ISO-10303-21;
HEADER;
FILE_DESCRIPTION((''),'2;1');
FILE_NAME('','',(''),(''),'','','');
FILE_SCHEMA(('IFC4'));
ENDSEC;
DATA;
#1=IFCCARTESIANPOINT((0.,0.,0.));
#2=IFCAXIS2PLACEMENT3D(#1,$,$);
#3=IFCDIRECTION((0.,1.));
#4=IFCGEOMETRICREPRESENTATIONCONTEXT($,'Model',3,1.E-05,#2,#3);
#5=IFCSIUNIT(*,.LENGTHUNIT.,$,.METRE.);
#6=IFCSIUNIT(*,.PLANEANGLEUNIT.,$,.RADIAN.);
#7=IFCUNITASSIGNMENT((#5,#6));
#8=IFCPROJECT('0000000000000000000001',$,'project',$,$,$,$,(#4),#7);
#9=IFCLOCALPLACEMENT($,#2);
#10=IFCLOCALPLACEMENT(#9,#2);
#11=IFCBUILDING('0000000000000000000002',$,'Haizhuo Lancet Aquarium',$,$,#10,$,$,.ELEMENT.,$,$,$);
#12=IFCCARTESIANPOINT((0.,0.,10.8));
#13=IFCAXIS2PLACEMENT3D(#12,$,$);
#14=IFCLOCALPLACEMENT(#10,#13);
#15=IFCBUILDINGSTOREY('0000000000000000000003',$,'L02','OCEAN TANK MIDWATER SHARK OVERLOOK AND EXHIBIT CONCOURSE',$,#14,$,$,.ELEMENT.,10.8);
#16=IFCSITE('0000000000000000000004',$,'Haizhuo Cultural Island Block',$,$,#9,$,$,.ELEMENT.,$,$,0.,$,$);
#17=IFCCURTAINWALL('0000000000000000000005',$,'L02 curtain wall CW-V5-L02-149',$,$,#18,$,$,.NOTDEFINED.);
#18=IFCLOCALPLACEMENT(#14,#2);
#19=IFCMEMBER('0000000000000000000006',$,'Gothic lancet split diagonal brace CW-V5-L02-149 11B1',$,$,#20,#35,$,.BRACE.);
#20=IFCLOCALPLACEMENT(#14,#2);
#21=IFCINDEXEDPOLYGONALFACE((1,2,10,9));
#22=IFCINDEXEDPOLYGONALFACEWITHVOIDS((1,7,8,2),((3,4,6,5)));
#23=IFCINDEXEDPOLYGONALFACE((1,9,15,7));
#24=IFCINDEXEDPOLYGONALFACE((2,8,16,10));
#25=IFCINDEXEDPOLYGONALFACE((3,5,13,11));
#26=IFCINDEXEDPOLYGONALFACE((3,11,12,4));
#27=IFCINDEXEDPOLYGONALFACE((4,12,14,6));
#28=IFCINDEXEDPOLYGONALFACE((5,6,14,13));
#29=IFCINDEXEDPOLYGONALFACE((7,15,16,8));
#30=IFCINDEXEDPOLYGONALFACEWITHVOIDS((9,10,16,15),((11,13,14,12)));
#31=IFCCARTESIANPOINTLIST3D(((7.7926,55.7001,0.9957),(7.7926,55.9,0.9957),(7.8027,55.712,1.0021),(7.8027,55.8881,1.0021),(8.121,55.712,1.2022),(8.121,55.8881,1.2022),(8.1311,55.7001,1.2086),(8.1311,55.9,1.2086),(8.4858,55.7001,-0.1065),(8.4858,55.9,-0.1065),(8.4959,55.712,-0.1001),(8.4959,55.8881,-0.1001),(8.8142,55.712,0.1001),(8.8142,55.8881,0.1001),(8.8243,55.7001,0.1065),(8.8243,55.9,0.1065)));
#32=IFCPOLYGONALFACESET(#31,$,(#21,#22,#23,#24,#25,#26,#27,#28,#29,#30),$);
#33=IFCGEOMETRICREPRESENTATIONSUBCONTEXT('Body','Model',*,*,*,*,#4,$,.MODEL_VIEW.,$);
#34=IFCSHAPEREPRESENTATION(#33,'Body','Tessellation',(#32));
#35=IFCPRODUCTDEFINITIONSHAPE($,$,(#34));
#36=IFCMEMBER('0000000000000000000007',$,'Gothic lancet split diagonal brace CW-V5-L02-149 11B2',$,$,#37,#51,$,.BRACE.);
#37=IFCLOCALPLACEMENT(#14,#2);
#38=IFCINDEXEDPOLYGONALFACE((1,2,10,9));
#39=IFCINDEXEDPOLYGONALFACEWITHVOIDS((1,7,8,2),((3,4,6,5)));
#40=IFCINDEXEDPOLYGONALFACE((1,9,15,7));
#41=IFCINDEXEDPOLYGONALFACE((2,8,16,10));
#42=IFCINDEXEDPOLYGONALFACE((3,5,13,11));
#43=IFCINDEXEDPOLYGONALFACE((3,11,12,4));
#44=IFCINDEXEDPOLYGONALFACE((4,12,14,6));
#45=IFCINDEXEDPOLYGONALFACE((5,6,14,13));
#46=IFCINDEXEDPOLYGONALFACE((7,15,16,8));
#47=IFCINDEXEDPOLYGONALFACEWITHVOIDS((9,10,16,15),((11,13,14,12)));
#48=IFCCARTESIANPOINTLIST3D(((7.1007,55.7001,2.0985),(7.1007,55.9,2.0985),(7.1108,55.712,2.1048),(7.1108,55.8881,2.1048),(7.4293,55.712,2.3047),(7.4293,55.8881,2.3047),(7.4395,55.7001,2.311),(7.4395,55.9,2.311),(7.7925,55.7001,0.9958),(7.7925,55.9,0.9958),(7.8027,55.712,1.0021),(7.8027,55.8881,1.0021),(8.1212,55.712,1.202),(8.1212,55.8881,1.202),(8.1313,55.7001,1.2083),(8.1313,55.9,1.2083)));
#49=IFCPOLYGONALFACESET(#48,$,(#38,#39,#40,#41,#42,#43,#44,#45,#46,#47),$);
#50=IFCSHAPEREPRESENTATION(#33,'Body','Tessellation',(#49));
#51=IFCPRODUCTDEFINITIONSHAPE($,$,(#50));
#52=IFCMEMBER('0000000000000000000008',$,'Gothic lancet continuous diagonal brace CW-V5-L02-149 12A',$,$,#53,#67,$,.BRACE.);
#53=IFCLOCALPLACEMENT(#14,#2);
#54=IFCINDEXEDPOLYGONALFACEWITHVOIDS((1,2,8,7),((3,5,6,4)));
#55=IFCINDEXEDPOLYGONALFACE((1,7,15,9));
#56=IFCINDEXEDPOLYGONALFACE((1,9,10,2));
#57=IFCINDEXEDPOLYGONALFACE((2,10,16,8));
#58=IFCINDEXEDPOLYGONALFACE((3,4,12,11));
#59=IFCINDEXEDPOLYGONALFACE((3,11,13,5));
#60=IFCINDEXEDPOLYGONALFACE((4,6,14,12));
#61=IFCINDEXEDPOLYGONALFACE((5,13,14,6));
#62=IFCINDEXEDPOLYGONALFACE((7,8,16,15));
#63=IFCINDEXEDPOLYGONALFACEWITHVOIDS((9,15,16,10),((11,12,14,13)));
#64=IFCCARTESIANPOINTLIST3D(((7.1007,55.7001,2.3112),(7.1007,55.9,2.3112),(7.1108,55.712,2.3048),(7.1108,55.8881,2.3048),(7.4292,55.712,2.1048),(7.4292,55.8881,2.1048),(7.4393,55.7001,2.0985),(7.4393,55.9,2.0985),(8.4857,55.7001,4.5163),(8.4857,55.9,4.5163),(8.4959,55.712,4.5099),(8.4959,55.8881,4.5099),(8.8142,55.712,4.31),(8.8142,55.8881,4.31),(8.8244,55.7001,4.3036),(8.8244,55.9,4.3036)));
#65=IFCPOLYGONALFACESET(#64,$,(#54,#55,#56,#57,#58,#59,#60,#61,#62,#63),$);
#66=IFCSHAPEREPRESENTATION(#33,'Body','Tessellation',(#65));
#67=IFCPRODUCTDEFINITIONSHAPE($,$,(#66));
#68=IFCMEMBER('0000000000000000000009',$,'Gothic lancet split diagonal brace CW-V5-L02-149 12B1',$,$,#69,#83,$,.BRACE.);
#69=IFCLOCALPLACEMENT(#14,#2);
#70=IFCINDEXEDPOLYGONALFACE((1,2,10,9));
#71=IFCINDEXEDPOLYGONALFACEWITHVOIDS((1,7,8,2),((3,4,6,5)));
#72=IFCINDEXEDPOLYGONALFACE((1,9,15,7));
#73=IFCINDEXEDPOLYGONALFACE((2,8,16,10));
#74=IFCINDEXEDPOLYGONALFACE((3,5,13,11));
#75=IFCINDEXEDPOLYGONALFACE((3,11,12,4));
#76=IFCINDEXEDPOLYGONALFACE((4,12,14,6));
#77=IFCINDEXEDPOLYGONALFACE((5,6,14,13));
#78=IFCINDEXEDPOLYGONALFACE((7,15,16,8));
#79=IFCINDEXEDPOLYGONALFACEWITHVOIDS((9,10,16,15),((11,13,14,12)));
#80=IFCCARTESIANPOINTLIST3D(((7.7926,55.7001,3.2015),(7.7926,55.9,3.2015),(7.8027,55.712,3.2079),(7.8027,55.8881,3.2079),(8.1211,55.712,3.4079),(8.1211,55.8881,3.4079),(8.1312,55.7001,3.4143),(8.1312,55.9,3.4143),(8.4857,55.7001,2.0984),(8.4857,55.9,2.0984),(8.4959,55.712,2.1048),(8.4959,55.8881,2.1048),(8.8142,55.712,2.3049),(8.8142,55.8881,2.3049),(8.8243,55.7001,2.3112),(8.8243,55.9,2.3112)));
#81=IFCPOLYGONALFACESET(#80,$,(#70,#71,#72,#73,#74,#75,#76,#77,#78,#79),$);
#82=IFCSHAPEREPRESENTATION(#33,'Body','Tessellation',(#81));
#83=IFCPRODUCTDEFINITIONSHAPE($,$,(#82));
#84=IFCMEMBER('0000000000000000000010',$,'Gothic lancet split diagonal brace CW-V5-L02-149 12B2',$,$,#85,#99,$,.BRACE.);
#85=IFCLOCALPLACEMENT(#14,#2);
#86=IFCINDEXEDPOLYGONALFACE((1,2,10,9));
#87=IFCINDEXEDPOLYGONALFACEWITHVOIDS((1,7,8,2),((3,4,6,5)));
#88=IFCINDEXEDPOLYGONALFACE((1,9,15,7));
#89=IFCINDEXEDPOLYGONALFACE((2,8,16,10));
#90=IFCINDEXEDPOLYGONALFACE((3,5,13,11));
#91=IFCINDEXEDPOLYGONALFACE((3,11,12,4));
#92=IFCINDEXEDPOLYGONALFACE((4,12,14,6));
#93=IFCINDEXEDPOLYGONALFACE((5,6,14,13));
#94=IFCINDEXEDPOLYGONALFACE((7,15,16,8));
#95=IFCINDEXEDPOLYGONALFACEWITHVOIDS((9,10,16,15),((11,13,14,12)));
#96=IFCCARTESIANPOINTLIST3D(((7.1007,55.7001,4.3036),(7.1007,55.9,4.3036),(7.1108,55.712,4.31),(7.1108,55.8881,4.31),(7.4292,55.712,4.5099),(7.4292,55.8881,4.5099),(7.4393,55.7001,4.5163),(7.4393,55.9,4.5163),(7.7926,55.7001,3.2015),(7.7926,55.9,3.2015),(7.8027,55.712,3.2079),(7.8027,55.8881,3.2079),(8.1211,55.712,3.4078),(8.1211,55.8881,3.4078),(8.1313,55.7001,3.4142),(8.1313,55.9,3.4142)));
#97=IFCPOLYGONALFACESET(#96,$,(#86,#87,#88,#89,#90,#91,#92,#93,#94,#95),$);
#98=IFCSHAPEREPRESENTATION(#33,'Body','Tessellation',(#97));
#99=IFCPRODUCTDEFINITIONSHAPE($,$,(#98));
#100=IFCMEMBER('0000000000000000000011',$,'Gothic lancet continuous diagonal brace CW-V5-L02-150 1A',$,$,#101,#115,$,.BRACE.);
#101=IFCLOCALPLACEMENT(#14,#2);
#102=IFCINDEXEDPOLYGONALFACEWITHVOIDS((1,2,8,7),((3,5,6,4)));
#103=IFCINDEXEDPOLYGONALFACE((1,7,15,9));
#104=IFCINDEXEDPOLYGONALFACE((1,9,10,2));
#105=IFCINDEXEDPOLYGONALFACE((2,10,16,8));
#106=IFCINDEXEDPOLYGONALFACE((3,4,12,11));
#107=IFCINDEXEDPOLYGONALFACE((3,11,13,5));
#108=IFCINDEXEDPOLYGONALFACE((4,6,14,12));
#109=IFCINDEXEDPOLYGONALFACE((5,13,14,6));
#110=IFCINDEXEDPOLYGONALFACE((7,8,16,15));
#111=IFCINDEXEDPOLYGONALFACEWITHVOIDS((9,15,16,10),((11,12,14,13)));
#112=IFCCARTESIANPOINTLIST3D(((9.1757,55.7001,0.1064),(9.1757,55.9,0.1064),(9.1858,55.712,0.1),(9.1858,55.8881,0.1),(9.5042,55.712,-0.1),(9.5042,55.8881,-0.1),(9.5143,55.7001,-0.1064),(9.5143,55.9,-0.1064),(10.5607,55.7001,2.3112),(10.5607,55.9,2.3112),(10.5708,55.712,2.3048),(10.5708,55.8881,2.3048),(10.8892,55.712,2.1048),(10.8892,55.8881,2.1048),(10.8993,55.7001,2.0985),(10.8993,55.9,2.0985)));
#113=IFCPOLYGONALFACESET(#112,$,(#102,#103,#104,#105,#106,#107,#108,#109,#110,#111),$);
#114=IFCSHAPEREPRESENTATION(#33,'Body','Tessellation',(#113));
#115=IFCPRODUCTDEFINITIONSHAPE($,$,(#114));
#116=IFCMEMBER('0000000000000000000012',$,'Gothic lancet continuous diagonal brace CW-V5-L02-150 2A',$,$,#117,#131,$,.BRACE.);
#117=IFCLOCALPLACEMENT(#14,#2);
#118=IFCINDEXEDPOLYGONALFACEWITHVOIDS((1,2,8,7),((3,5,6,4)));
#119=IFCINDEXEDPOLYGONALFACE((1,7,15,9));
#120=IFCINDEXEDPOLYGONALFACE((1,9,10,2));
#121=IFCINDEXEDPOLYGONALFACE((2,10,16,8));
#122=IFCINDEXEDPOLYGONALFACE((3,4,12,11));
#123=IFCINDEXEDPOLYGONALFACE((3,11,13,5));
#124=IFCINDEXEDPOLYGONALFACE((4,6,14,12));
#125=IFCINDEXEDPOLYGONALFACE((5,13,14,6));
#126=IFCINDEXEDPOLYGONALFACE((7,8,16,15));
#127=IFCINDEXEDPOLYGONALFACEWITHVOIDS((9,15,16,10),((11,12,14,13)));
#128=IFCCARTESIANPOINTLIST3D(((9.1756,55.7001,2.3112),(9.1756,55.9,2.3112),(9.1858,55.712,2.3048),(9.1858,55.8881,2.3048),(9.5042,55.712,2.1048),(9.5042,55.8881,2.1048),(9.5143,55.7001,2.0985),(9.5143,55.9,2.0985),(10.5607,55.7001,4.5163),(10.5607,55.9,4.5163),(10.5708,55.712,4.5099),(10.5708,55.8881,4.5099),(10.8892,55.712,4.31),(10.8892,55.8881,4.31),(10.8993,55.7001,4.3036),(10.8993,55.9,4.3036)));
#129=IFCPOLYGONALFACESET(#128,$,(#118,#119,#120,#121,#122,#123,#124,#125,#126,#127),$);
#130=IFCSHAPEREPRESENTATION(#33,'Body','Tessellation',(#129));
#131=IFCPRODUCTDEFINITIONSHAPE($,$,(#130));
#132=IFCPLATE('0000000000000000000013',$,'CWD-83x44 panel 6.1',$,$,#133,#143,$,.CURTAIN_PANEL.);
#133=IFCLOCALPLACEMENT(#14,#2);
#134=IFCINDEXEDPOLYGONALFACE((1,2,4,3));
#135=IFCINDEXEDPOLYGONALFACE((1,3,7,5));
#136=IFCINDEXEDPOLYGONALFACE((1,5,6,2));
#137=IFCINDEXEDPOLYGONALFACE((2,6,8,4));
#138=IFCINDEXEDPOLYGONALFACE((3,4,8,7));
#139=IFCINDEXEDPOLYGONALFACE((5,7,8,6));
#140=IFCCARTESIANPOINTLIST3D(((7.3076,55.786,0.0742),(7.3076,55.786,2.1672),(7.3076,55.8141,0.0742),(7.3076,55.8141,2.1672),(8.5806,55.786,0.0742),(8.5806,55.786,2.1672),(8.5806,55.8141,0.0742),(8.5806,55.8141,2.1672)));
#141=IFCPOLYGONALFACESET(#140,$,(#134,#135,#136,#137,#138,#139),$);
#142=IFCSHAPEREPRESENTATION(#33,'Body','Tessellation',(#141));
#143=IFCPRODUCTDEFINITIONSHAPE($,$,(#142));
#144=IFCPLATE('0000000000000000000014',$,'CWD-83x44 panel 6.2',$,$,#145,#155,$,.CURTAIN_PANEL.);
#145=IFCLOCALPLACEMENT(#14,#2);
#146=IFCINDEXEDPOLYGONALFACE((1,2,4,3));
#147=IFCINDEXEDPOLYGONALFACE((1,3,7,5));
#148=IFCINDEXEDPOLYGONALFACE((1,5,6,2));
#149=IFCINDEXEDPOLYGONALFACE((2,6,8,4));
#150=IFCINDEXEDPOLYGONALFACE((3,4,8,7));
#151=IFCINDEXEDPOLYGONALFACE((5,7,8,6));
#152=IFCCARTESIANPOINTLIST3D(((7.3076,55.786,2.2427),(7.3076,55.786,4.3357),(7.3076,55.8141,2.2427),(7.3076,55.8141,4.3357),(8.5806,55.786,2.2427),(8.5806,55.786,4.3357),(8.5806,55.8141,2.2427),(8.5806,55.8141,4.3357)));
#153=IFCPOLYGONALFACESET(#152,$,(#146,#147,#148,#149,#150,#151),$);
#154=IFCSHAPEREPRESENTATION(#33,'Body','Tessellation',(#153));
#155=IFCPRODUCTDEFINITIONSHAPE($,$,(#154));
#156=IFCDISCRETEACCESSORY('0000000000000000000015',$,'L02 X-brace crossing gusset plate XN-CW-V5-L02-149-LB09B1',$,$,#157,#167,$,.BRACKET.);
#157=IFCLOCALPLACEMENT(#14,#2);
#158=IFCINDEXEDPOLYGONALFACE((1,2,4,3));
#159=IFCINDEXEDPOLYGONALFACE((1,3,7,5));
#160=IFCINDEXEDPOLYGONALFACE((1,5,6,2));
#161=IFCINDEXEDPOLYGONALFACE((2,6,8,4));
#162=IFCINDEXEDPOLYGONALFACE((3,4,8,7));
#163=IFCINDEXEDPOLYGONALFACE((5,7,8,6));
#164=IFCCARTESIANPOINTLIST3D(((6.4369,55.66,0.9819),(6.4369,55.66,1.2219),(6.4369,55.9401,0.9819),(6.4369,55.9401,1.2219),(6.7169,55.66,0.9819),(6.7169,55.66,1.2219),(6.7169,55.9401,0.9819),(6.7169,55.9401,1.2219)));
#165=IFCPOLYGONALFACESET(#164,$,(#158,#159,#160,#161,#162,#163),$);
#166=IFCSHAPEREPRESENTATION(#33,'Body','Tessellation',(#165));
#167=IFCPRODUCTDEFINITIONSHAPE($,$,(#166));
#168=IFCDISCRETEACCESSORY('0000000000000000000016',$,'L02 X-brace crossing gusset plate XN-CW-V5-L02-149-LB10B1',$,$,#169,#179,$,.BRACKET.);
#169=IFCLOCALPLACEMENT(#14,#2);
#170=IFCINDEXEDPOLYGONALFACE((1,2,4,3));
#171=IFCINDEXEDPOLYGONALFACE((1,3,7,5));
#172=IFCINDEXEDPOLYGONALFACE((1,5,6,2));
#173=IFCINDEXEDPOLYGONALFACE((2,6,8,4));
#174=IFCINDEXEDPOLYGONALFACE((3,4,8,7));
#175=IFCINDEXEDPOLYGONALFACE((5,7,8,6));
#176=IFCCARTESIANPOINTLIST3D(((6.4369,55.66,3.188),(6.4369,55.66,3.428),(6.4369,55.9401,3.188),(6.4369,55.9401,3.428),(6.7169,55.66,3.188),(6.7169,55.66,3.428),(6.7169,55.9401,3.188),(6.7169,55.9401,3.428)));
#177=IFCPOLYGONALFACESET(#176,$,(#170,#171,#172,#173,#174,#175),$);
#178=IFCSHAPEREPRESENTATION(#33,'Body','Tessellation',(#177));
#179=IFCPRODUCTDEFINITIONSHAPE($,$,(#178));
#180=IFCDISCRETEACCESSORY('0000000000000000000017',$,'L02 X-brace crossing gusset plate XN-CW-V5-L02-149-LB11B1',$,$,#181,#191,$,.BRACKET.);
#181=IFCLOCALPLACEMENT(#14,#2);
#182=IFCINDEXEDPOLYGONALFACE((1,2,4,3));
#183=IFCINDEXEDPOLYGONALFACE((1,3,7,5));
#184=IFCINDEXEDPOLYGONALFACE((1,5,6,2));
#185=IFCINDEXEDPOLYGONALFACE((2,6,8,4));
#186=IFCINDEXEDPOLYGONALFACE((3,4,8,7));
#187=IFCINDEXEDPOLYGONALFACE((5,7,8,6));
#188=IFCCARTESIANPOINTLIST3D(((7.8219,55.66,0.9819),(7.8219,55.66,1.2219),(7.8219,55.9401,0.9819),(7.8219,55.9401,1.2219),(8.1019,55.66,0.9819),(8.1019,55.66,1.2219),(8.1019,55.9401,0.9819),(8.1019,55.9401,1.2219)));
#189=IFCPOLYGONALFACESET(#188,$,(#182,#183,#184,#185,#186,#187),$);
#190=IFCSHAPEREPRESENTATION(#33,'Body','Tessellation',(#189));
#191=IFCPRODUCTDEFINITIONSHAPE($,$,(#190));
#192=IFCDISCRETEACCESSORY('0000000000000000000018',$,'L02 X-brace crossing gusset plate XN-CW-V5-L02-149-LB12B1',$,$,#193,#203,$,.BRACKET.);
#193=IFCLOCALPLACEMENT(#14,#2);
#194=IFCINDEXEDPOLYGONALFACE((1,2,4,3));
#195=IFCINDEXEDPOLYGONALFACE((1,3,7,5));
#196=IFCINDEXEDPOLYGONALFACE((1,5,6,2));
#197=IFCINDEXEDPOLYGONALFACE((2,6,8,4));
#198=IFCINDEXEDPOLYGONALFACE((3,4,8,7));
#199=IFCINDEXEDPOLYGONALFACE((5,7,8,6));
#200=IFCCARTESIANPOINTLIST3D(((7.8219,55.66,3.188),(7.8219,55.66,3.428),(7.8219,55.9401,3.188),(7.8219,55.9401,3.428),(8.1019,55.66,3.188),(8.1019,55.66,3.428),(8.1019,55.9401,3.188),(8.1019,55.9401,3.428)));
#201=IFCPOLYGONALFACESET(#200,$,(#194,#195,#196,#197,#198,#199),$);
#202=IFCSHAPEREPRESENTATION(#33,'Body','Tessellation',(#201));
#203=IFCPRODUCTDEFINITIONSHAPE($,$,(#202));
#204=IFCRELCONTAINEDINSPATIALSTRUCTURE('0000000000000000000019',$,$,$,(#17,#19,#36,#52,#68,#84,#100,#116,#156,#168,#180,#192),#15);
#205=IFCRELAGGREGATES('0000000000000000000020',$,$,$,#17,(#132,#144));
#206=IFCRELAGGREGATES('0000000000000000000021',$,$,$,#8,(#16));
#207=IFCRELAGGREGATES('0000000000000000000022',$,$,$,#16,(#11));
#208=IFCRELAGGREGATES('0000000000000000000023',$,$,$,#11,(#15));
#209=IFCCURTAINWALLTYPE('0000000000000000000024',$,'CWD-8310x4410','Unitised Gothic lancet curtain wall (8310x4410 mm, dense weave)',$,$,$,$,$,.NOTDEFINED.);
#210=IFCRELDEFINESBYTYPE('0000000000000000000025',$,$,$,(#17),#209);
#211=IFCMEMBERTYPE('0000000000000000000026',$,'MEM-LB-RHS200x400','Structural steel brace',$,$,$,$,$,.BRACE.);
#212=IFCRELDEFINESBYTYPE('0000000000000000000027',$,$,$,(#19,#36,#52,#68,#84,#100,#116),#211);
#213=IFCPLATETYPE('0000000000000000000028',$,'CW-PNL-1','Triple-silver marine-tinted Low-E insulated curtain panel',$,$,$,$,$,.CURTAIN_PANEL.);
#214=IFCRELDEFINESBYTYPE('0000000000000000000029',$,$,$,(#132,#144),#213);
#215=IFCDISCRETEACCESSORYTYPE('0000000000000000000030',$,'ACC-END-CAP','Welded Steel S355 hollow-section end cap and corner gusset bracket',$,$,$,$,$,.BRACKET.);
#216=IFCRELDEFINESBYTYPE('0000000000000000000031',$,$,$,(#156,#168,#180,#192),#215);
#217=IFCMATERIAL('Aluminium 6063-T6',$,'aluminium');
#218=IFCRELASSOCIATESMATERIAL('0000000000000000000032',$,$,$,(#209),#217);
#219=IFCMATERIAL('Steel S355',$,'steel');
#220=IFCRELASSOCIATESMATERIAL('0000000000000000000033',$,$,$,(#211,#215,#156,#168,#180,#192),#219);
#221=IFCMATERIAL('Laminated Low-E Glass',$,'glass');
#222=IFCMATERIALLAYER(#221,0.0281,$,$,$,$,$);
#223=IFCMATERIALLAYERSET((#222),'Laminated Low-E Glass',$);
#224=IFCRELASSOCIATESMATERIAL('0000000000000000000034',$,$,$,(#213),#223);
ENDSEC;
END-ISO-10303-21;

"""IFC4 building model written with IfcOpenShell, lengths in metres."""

from ifc_helpers import new_model, si_unit, direction, frame, origin, origin_2d, place, context, subcontext, project, spatial, rectangle, hollow_rectangle, extrude, material, layer, layer_set, material_profile, profile_set, type_object, element, aggregate, save


model = new_model("IFC4")

# Units and contexts
model_context = context("Model", 3, precision=1e-05, world=origin(), true_north=direction((0.0, 1.0)))
body_context = subcontext(model_context, "Body", "Model", "MODEL_VIEW")
ifc_project = project(units=[si_unit("LENGTHUNIT", "METRE"), si_unit("PLANEANGLEUNIT", "RADIAN")], contexts=[model_context])

# Site, building, storey
site_placement = place(None, origin())
site = spatial("IfcSite", under=ifc_project, at=site_placement, Name="Haizhuo Cultural Island Block", CompositionType="ELEMENT", RefElevation=0.0)
building_placement = place(site_placement, origin())
building = spatial("IfcBuilding", under=site, at=building_placement, Name="Haizhuo Lancet Aquarium", CompositionType="ELEMENT")
storey_placement = place(building_placement, frame((0.0, 0.0, 10.8)))
storey = spatial("IfcBuildingStorey", under=building, at=storey_placement, Name="L02", Description="OCEAN TANK MIDWATER SHARK OVERLOOK AND EXHIBIT CONCOURSE", CompositionType="ELEMENT", Elevation=10.8)

# Curtain wall
ifc_material_1 = material(Name="Aluminium 6063-T6", Category="aluminium")
curtain_wall_type = type_object("IfcCurtainWallType", Name="CWD-8310x4410", Description="Unitised Gothic lancet curtain wall (8310x4410 mm, dense weave)", PredefinedType="NOTDEFINED", material=ifc_material_1)
curtain_wall_placement = place(storey_placement, origin())
curtain_wall = element("IfcCurtainWall", 1, at=curtain_wall_placement, inside=storey, type_object=curtain_wall_type, Name="L02 curtain wall CW-V5-L02-149", PredefinedType="NOTDEFINED")

# Members
ifc_material_2 = material(Name="Steel S355", Category="steel")
ifc_material_profile_1 = material_profile(ifc_material_2, hollow_rectangle(XDim=0.2, YDim=0.3999, WallThickness=0.012, at=origin_2d()), Name="RHS 200x400x12")
ifc_profile_set_1 = profile_set([ifc_material_profile_1], Name="Steel S355")
member_type_1 = type_object("IfcMemberType", Name="MEM-LB-RHS200x400", Description="Structural steel brace", PredefinedType="BRACE", material=ifc_profile_set_1)
member_1_placement = place(storey_placement, frame((8.655, 55.8, 0.0), z_axis=(-0.53239, 0.0, 0.846499), x_axis=(0.0, -1.0, 0.0)))
element("IfcMember", 2, at=member_1_placement, inside=storey, type_object=member_type_1, Name="Gothic lancet split diagonal brace CW-V5-L02-149 11B1", PredefinedType="BRACE", context=body_context, shape_type="SweptSolid", body=[
    extrude(hollow_rectangle(XDim=0.2, YDim=0.3999, WallThickness=0.012, at=origin_2d()), origin(), (0.0, 0.0, 1.0), 1.302),
])
member_2_placement = place(storey_placement, frame((7.9619, 55.8, 1.1021), z_axis=(-0.531465, 0.0, 0.84708), x_axis=(0.0, -1.0, 0.0)))
element("IfcMember", 3, at=member_2_placement, inside=storey, type_object=member_type_1, Name="Gothic lancet split diagonal brace CW-V5-L02-149 11B2", PredefinedType="BRACE", context=body_context, shape_type="SweptSolid", body=[
    extrude(hollow_rectangle(XDim=0.2, YDim=0.3999, WallThickness=0.012, at=origin_2d()), origin(), (0.0, 0.0, 1.0), 1.3018),
])
member_3_placement = place(storey_placement, frame((7.27, 55.8, 2.2048), z_axis=(0.531885, 0.0, 0.846816), x_axis=(0.0, 1.0, 0.0)))
element("IfcMember", 4, at=member_3_placement, inside=storey, type_object=member_type_1, Name="Gothic lancet continuous diagonal brace CW-V5-L02-149 12A", PredefinedType="BRACE", context=body_context, shape_type="SweptSolid", body=[
    extrude(hollow_rectangle(XDim=0.2, YDim=0.3999, WallThickness=0.012, at=origin_2d()), origin(), (0.0, 0.0, 1.0), 2.604),
])
member_4_placement = place(storey_placement, frame((8.655, 55.8, 2.2048), z_axis=(-0.532053, 0.0, 0.846711), x_axis=(0.0, -1.0, 0.0)))
element("IfcMember", 5, at=member_4_placement, inside=storey, type_object=member_type_1, Name="Gothic lancet split diagonal brace CW-V5-L02-149 12B1", PredefinedType="BRACE", context=body_context, shape_type="SweptSolid", body=[
    extrude(hollow_rectangle(XDim=0.2, YDim=0.3999, WallThickness=0.012, at=origin_2d()), origin(), (0.0, 0.0, 1.0), 1.3027),
])
member_5_placement = place(storey_placement, frame((7.9619, 55.8, 3.3079), z_axis=(-0.531718, 0.0, 0.846921), x_axis=(0.0, -1.0, 0.0)))
element("IfcMember", 6, at=member_5_placement, inside=storey, type_object=member_type_1, Name="Gothic lancet split diagonal brace CW-V5-L02-149 12B2", PredefinedType="BRACE", context=body_context, shape_type="SweptSolid", body=[
    extrude(hollow_rectangle(XDim=0.2, YDim=0.3999, WallThickness=0.012, at=origin_2d()), origin(), (0.0, 0.0, 1.0), 1.3013),
])
member_6_placement = place(storey_placement, frame((9.345, 55.8, 0.0), z_axis=(0.531928, 0.0, 0.84679), x_axis=(0.0, 1.0, 0.0)))
element("IfcMember", 7, at=member_6_placement, inside=storey, type_object=member_type_1, Name="Gothic lancet continuous diagonal brace CW-V5-L02-150 1A", PredefinedType="BRACE", context=body_context, shape_type="SweptSolid", body=[
    extrude(hollow_rectangle(XDim=0.2, YDim=0.3999, WallThickness=0.012, at=origin_2d()), origin(), (0.0, 0.0, 1.0), 2.6038),
])
member_7_placement = place(storey_placement, frame((9.345, 55.8, 2.2048), z_axis=(0.531885, 0.0, 0.846816), x_axis=(0.0, 1.0, 0.0)))
element("IfcMember", 8, at=member_7_placement, inside=storey, type_object=member_type_1, Name="Gothic lancet continuous diagonal brace CW-V5-L02-150 2A", PredefinedType="BRACE", context=body_context, shape_type="SweptSolid", body=[
    extrude(hollow_rectangle(XDim=0.2, YDim=0.3999, WallThickness=0.012, at=origin_2d()), origin(), (0.0, 0.0, 1.0), 2.604),
])

# Plates
ifc_material_3 = material(Name="Laminated Low-E Glass", Category="glass")
ifc_layer = layer(ifc_material_3, 0.0281)
ifc_layer_set = layer_set([ifc_layer], Name="Laminated Low-E Glass")
plate_type = type_object("IfcPlateType", Name="CW-PNL-1", Description="Triple-silver marine-tinted Low-E insulated curtain panel", PredefinedType="CURTAIN_PANEL", material=ifc_layer_set)
plate_1_placement = place(storey_placement, frame((7.9441, 55.8, 0.0742), z_axis=(0.0, 0.0, 1.0), x_axis=(1.0, 0.0, 0.0)))
plate_1 = element("IfcPlate", 9, at=plate_1_placement, type_object=plate_type, Name="CWD-83x44 panel 6.1", PredefinedType="CURTAIN_PANEL", context=body_context, shape_type="SweptSolid", body=[
    extrude(rectangle(XDim=1.2729, YDim=0.0281, at=origin_2d()), origin(), (0.0, 0.0, 1.0), 2.093),
])
plate_2_placement = place(storey_placement, frame((7.9441, 55.8, 2.2427), z_axis=(0.0, 0.0, 1.0), x_axis=(1.0, 0.0, 0.0)))
plate_2 = element("IfcPlate", 10, at=plate_2_placement, type_object=plate_type, Name="CWD-83x44 panel 6.2", PredefinedType="CURTAIN_PANEL", context=body_context, shape_type="SweptSolid", body=[
    extrude(rectangle(XDim=1.2729, YDim=0.0281, at=origin_2d()), origin(), (0.0, 0.0, 1.0), 2.093),
])
aggregate(curtain_wall, [plate_1, plate_2])

# Discrete accessories
discrete_accessory_type = type_object("IfcDiscreteAccessoryType", Name="ACC-END-CAP", Description="Welded Steel S355 hollow-section end cap and corner gusset bracket", PredefinedType="BRACKET", material=ifc_material_2)
for number, where, z_axis, x_axis, name in (
    (11, (6.5769, 55.8, 0.9819), (0.0, 0.0, 1.0), (1.0, 0.0, 0.0), "L02 X-brace crossing gusset plate XN-CW-V5-L02-149-LB09B1"),
    (12, (6.5769, 55.8, 3.188), (0.0, 0.0, 1.0), (1.0, 0.0, 0.0), "L02 X-brace crossing gusset plate XN-CW-V5-L02-149-LB10B1"),
    (13, (7.9619, 55.8, 0.9819), (0.0, 0.0, 1.0), (1.0, 0.0, 0.0), "L02 X-brace crossing gusset plate XN-CW-V5-L02-149-LB11B1"),
    (14, (7.9619, 55.8, 3.188), (0.0, 0.0, 1.0), (1.0, 0.0, 0.0), "L02 X-brace crossing gusset plate XN-CW-V5-L02-149-LB12B1"),
):
    element("IfcDiscreteAccessory", number, at=place(storey_placement, frame(where, z_axis=z_axis, x_axis=x_axis)), inside=storey, type_object=discrete_accessory_type, material=ifc_material_2, Name=name, PredefinedType="BRACKET", context=body_context, shape_type="SweptSolid", body=[
        extrude(rectangle(XDim=0.28, YDim=0.28, at=origin_2d()), origin(), (0.0, 0.0, 1.0), 0.24),
    ])

save(model, "model.ifc")
